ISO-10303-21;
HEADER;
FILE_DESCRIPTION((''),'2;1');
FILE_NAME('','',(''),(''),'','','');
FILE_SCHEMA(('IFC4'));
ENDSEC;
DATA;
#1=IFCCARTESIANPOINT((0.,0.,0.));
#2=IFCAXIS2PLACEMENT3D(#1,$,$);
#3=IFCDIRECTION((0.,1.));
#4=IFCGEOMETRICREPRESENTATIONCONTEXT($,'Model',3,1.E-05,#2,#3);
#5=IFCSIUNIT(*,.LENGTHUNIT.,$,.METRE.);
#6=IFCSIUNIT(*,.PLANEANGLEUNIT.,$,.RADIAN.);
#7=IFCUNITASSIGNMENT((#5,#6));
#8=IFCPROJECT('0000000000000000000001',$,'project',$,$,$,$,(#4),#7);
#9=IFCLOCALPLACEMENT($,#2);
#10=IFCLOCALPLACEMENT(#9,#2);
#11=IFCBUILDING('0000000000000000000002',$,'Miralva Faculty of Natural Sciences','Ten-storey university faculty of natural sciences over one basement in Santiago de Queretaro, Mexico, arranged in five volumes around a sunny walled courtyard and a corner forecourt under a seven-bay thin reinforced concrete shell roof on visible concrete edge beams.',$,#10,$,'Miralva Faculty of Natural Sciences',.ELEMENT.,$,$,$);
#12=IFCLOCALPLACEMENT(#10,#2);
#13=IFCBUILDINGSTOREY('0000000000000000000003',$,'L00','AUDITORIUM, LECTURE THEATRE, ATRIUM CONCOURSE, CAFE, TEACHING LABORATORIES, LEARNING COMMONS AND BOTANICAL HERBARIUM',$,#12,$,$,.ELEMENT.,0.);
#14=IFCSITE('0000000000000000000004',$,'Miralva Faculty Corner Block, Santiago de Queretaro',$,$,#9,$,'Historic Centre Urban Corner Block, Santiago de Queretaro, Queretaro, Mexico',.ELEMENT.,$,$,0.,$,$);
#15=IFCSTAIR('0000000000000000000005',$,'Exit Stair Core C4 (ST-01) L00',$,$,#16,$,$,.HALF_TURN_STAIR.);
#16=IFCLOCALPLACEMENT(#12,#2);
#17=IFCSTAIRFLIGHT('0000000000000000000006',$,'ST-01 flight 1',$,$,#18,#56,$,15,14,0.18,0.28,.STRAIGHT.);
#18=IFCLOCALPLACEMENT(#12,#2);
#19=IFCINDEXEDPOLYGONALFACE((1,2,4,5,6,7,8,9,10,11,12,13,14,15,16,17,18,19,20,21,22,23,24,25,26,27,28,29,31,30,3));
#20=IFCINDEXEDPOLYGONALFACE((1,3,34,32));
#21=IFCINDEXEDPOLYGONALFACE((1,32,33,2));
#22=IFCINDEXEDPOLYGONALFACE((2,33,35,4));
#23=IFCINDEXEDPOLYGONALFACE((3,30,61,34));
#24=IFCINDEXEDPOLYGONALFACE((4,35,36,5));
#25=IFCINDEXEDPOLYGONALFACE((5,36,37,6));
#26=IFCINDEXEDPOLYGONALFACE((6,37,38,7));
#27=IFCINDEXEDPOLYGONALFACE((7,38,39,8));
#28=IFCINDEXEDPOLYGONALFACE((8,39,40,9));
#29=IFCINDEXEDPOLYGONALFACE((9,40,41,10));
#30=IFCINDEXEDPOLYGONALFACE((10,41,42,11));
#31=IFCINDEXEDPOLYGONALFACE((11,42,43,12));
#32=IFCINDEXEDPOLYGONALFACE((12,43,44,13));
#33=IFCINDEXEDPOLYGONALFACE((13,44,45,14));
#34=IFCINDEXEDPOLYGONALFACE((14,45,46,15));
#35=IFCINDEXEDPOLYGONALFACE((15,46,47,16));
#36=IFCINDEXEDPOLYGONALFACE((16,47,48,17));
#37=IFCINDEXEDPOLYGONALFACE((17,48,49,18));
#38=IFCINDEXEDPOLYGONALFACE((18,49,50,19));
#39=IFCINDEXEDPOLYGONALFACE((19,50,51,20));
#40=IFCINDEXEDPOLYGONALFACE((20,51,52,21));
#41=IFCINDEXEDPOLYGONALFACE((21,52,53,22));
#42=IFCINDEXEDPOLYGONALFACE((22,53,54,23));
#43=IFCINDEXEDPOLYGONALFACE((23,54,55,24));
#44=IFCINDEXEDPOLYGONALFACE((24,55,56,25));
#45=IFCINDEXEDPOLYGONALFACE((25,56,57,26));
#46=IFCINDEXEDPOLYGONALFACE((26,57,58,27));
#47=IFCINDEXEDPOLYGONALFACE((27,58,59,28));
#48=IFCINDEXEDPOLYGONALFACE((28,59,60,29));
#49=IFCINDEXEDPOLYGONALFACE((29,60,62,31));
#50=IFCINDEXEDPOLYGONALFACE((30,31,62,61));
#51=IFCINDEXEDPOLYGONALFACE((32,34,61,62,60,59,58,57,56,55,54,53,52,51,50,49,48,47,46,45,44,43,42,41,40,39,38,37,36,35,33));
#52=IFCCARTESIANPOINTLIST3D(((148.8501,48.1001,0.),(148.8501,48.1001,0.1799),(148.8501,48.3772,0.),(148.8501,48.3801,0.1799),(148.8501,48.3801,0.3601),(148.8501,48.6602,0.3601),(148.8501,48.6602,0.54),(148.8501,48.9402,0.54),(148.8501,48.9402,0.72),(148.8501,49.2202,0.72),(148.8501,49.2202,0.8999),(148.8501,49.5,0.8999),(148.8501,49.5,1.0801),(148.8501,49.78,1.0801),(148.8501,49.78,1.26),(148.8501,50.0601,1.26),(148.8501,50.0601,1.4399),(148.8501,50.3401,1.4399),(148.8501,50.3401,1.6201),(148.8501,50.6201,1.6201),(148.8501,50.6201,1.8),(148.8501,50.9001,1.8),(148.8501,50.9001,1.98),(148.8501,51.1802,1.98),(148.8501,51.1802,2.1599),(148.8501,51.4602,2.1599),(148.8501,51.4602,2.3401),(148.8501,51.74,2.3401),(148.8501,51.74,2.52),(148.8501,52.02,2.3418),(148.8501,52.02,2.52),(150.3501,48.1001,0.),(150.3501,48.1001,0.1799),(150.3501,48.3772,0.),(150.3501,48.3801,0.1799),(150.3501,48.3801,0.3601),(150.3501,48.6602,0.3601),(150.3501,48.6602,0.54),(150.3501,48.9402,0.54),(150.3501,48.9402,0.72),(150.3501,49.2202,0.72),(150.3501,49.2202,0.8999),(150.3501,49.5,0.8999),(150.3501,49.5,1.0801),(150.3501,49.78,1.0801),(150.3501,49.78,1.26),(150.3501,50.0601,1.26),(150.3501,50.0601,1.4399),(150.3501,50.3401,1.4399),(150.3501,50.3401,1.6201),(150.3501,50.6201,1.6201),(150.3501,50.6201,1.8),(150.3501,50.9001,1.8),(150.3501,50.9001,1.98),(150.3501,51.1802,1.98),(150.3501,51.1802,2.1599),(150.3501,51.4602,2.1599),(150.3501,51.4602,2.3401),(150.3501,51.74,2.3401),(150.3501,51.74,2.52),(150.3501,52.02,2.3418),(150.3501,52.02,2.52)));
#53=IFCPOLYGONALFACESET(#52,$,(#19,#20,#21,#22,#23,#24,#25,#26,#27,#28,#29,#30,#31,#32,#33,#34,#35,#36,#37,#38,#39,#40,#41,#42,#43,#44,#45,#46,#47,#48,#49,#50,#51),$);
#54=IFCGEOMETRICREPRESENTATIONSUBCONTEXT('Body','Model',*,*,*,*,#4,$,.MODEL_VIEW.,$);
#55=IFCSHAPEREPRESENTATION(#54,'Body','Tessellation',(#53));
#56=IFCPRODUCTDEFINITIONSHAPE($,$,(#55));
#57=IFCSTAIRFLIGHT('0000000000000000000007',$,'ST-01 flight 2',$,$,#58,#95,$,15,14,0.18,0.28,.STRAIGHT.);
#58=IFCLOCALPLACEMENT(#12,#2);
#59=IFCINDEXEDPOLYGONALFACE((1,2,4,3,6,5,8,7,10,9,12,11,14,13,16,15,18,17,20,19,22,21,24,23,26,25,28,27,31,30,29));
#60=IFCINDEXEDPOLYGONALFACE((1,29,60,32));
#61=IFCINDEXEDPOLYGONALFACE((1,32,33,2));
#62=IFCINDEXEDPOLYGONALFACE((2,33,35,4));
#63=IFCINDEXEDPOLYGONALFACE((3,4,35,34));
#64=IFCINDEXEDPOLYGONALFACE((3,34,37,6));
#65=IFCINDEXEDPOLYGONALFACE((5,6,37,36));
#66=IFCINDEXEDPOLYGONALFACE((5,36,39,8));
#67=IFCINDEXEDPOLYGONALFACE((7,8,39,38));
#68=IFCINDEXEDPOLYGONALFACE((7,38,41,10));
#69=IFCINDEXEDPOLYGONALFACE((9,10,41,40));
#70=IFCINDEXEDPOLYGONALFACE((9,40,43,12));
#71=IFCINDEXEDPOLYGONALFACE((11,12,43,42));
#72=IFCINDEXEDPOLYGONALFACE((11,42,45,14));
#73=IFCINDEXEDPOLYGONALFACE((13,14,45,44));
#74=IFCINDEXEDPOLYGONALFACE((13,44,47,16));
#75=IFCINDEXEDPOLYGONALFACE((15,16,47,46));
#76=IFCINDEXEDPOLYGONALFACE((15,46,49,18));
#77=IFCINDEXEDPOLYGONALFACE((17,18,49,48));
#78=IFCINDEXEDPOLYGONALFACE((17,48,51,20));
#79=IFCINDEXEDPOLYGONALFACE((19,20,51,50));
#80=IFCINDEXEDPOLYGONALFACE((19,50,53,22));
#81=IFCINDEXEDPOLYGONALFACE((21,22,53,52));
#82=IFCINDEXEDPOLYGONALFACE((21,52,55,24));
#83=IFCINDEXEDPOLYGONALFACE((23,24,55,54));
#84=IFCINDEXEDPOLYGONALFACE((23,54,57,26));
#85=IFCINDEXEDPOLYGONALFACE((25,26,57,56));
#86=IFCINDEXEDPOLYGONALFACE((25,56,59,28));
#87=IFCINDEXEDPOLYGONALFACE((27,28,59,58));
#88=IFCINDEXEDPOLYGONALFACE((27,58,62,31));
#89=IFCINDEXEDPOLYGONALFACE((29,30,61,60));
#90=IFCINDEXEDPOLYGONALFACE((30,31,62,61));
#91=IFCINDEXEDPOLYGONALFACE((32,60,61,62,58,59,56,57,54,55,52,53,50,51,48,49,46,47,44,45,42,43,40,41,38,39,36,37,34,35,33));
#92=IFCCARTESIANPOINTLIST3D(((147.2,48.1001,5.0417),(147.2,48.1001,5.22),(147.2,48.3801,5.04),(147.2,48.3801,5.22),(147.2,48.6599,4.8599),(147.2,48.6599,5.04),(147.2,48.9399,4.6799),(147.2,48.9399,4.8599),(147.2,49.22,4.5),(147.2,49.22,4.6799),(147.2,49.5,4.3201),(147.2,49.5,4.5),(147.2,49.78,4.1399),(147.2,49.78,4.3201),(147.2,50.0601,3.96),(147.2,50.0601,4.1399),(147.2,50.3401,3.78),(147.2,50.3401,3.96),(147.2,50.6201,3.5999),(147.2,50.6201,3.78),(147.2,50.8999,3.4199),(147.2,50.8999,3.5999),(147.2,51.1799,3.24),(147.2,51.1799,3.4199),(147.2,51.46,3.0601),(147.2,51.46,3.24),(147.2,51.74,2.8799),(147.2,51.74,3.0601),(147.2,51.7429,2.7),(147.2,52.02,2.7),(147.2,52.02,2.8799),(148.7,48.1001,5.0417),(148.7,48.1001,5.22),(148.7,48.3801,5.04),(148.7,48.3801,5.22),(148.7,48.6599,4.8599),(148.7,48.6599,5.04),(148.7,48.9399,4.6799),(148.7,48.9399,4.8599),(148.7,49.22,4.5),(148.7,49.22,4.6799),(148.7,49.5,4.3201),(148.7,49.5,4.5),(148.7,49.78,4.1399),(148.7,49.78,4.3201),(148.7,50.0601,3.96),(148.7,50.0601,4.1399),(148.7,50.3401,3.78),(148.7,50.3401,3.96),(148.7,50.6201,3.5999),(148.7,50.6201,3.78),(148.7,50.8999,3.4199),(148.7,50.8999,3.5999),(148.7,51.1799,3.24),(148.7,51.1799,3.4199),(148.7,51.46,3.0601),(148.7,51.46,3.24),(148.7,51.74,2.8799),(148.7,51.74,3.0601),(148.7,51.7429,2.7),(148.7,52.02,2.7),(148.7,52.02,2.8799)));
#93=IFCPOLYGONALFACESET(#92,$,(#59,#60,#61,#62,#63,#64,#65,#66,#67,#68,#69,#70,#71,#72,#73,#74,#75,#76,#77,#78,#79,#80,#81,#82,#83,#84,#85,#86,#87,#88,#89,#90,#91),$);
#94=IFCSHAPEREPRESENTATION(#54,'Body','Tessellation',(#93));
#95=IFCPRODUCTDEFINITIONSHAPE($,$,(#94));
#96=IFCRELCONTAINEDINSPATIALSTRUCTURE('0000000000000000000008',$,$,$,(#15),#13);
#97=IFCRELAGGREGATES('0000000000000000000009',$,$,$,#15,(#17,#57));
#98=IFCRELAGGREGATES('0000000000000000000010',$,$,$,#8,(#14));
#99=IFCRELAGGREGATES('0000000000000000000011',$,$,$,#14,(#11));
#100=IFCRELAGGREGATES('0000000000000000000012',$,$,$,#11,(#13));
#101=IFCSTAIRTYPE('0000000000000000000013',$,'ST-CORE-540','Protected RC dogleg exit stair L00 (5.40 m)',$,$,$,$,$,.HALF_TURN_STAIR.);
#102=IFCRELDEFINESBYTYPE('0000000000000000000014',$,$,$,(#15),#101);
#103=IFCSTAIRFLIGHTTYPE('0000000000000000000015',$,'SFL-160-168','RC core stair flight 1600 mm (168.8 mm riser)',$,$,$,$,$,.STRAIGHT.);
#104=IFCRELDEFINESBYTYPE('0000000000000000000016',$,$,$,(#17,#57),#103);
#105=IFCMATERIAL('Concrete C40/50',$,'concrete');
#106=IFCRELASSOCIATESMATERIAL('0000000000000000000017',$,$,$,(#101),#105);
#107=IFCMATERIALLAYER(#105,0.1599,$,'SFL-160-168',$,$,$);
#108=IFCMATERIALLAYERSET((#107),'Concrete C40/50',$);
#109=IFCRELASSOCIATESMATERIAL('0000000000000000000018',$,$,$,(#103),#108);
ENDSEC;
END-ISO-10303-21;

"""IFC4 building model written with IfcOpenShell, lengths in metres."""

from ifc_helpers import new_model, si_unit, direction, frame, origin, place, context, subcontext, project, spatial, polyline, outline, extrude, material, layer, layer_set, type_object, element, aggregate, save


model = new_model("IFC4")

# Units and contexts
model_context = context("Model", 3, precision=1e-05, world=origin(), true_north=direction((0.0, 1.0)))
body_context = subcontext(model_context, "Body", "Model", "MODEL_VIEW")
ifc_project = project(units=[si_unit("LENGTHUNIT", "METRE"), si_unit("PLANEANGLEUNIT", "RADIAN")], contexts=[model_context])

# Site, building, storey
site_placement = place(None, origin())
site = spatial("IfcSite", under=ifc_project, at=site_placement, Name="Miralva Faculty Corner Block, Santiago de Queretaro", LongName="Historic Centre Urban Corner Block, Santiago de Queretaro, Queretaro, Mexico", CompositionType="ELEMENT", RefElevation=0.0)
building_placement = place(site_placement, origin())
building = spatial("IfcBuilding", under=site, at=building_placement, Name="Miralva Faculty of Natural Sciences", Description="Ten-storey university faculty of natural sciences over one basement in Santiago de Queretaro, Mexico, arranged in five volumes around a sunny walled courtyard and a corner forecourt under a seven-bay thin reinforced concrete shell roof on visible concrete edge beams.", LongName="Miralva Faculty of Natural Sciences", CompositionType="ELEMENT")
storey_placement = place(building_placement, origin())
storey = spatial("IfcBuildingStorey", under=building, at=storey_placement, Name="L00", Description="AUDITORIUM, LECTURE THEATRE, ATRIUM CONCOURSE, CAFE, TEACHING LABORATORIES, LEARNING COMMONS AND BOTANICAL HERBARIUM", CompositionType="ELEMENT", Elevation=0.0)

# Shared definitions
ifc_material_1 = material(Name="Concrete C40/50", Category="concrete")

# Stair, stair flights
stair_type = type_object("IfcStairType", Name="ST-CORE-540", Description="Protected RC dogleg exit stair L00 (5.40 m)", PredefinedType="HALF_TURN_STAIR", material=ifc_material_1)
stair_placement = place(storey_placement, origin())
stair = element("IfcStair", 1, at=stair_placement, inside=storey, type_object=stair_type, Name="Exit Stair Core C4 (ST-01) L00", PredefinedType="HALF_TURN_STAIR")
ifc_layer_1 = layer(ifc_material_1, 0.1599, Name="SFL-160-168")
ifc_layer_set_1 = layer_set([ifc_layer_1], Name="Concrete C40/50")
stair_flight_type = type_object("IfcStairFlightType", Name="SFL-160-168", Description="RC core stair flight 1600 mm (168.8 mm riser)", PredefinedType="STRAIGHT", material=ifc_layer_set_1)
stair_flight_1_placement = place(storey_placement, frame((149.6001, 48.1001, 0.0), z_axis=(0.0, 0.0, 1.0), x_axis=(0.0, 1.0, 0.0)))
stair_flight_1 = element("IfcStairFlight", 2, at=stair_flight_1_placement, type_object=stair_flight_type, Name="ST-01 flight 1", NumberOfRisers=15, NumberOfTreads=14, PredefinedType="STRAIGHT", RiserHeight=0.18, TreadLength=0.28, context=body_context, shape_type="SweptSolid", body=[
    extrude(outline(polyline([(0.0, 0.0), (0.0, 0.1799), (0.28, 0.1799), (0.28, 0.3601), (0.5601, 0.3601), (0.5601, 0.54), (0.8401, 0.54), (0.8401, 0.72), (1.1201, 0.72), (1.1201, 0.8999), (1.3999, 0.8999), (1.3999, 1.0801), (1.6799, 1.0801), (1.6799, 1.26), (1.96, 1.26), (1.96, 1.4399), (2.24, 1.4399), (2.24, 1.6201), (2.52, 1.6201), (2.52, 1.8), (2.8, 1.8), (2.8, 1.98), (3.0801, 1.98), (3.0801, 2.1599), (3.3601, 2.1599), (3.3601, 2.3401), (3.6399, 2.3401), (3.6399, 2.52), (3.9199, 2.52), (3.9199, 2.7), (3.9199, 2.3418), (0.2771, 0.0), (0.0, 0.0)])), frame((0.0, 0.75, 0.0), z_axis=(0.0, -1.0, 0.0), x_axis=(1.0, 0.0, 0.0)), (0.0, 0.0, 1.0), 1.5),
])
stair_flight_2_placement = place(storey_placement, frame((147.95, 52.02, 2.7), z_axis=(0.0, 0.0, 1.0), x_axis=(0.0, -1.0, 0.0)))
stair_flight_2 = element("IfcStairFlight", 3, at=stair_flight_2_placement, type_object=stair_flight_type, Name="ST-01 flight 2", NumberOfRisers=15, NumberOfTreads=14, PredefinedType="STRAIGHT", RiserHeight=0.18, TreadLength=0.28, context=body_context, shape_type="SweptSolid", body=[
    extrude(outline(polyline([(0.0, 0.0), (0.0, 0.1799), (0.28, 0.1799), (0.28, 0.3601), (0.5601, 0.3601), (0.5601, 0.54), (0.8401, 0.54), (0.8401, 0.72), (1.1201, 0.72), (1.1201, 0.8999), (1.3999, 0.8999), (1.3999, 1.0801), (1.6799, 1.0801), (1.6799, 1.26), (1.96, 1.26), (1.96, 1.4399), (2.24, 1.4399), (2.24, 1.6201), (2.52, 1.6201), (2.52, 1.8), (2.8, 1.8), (2.8, 1.98), (3.0801, 1.98), (3.0801, 2.1599), (3.3601, 2.1599), (3.3601, 2.3401), (3.6399, 2.3401), (3.6399, 2.52), (3.9199, 2.52), (3.9199, 2.7), (3.9199, 2.3418), (0.2771, 0.0), (0.0, 0.0)])), frame((0.0, 0.75, 0.0), z_axis=(0.0, -1.0, 0.0), x_axis=(1.0, 0.0, 0.0)), (0.0, 0.0, 1.0), 1.5),
])
aggregate(stair, [stair_flight_1, stair_flight_2])

save(model, "model.ifc")
